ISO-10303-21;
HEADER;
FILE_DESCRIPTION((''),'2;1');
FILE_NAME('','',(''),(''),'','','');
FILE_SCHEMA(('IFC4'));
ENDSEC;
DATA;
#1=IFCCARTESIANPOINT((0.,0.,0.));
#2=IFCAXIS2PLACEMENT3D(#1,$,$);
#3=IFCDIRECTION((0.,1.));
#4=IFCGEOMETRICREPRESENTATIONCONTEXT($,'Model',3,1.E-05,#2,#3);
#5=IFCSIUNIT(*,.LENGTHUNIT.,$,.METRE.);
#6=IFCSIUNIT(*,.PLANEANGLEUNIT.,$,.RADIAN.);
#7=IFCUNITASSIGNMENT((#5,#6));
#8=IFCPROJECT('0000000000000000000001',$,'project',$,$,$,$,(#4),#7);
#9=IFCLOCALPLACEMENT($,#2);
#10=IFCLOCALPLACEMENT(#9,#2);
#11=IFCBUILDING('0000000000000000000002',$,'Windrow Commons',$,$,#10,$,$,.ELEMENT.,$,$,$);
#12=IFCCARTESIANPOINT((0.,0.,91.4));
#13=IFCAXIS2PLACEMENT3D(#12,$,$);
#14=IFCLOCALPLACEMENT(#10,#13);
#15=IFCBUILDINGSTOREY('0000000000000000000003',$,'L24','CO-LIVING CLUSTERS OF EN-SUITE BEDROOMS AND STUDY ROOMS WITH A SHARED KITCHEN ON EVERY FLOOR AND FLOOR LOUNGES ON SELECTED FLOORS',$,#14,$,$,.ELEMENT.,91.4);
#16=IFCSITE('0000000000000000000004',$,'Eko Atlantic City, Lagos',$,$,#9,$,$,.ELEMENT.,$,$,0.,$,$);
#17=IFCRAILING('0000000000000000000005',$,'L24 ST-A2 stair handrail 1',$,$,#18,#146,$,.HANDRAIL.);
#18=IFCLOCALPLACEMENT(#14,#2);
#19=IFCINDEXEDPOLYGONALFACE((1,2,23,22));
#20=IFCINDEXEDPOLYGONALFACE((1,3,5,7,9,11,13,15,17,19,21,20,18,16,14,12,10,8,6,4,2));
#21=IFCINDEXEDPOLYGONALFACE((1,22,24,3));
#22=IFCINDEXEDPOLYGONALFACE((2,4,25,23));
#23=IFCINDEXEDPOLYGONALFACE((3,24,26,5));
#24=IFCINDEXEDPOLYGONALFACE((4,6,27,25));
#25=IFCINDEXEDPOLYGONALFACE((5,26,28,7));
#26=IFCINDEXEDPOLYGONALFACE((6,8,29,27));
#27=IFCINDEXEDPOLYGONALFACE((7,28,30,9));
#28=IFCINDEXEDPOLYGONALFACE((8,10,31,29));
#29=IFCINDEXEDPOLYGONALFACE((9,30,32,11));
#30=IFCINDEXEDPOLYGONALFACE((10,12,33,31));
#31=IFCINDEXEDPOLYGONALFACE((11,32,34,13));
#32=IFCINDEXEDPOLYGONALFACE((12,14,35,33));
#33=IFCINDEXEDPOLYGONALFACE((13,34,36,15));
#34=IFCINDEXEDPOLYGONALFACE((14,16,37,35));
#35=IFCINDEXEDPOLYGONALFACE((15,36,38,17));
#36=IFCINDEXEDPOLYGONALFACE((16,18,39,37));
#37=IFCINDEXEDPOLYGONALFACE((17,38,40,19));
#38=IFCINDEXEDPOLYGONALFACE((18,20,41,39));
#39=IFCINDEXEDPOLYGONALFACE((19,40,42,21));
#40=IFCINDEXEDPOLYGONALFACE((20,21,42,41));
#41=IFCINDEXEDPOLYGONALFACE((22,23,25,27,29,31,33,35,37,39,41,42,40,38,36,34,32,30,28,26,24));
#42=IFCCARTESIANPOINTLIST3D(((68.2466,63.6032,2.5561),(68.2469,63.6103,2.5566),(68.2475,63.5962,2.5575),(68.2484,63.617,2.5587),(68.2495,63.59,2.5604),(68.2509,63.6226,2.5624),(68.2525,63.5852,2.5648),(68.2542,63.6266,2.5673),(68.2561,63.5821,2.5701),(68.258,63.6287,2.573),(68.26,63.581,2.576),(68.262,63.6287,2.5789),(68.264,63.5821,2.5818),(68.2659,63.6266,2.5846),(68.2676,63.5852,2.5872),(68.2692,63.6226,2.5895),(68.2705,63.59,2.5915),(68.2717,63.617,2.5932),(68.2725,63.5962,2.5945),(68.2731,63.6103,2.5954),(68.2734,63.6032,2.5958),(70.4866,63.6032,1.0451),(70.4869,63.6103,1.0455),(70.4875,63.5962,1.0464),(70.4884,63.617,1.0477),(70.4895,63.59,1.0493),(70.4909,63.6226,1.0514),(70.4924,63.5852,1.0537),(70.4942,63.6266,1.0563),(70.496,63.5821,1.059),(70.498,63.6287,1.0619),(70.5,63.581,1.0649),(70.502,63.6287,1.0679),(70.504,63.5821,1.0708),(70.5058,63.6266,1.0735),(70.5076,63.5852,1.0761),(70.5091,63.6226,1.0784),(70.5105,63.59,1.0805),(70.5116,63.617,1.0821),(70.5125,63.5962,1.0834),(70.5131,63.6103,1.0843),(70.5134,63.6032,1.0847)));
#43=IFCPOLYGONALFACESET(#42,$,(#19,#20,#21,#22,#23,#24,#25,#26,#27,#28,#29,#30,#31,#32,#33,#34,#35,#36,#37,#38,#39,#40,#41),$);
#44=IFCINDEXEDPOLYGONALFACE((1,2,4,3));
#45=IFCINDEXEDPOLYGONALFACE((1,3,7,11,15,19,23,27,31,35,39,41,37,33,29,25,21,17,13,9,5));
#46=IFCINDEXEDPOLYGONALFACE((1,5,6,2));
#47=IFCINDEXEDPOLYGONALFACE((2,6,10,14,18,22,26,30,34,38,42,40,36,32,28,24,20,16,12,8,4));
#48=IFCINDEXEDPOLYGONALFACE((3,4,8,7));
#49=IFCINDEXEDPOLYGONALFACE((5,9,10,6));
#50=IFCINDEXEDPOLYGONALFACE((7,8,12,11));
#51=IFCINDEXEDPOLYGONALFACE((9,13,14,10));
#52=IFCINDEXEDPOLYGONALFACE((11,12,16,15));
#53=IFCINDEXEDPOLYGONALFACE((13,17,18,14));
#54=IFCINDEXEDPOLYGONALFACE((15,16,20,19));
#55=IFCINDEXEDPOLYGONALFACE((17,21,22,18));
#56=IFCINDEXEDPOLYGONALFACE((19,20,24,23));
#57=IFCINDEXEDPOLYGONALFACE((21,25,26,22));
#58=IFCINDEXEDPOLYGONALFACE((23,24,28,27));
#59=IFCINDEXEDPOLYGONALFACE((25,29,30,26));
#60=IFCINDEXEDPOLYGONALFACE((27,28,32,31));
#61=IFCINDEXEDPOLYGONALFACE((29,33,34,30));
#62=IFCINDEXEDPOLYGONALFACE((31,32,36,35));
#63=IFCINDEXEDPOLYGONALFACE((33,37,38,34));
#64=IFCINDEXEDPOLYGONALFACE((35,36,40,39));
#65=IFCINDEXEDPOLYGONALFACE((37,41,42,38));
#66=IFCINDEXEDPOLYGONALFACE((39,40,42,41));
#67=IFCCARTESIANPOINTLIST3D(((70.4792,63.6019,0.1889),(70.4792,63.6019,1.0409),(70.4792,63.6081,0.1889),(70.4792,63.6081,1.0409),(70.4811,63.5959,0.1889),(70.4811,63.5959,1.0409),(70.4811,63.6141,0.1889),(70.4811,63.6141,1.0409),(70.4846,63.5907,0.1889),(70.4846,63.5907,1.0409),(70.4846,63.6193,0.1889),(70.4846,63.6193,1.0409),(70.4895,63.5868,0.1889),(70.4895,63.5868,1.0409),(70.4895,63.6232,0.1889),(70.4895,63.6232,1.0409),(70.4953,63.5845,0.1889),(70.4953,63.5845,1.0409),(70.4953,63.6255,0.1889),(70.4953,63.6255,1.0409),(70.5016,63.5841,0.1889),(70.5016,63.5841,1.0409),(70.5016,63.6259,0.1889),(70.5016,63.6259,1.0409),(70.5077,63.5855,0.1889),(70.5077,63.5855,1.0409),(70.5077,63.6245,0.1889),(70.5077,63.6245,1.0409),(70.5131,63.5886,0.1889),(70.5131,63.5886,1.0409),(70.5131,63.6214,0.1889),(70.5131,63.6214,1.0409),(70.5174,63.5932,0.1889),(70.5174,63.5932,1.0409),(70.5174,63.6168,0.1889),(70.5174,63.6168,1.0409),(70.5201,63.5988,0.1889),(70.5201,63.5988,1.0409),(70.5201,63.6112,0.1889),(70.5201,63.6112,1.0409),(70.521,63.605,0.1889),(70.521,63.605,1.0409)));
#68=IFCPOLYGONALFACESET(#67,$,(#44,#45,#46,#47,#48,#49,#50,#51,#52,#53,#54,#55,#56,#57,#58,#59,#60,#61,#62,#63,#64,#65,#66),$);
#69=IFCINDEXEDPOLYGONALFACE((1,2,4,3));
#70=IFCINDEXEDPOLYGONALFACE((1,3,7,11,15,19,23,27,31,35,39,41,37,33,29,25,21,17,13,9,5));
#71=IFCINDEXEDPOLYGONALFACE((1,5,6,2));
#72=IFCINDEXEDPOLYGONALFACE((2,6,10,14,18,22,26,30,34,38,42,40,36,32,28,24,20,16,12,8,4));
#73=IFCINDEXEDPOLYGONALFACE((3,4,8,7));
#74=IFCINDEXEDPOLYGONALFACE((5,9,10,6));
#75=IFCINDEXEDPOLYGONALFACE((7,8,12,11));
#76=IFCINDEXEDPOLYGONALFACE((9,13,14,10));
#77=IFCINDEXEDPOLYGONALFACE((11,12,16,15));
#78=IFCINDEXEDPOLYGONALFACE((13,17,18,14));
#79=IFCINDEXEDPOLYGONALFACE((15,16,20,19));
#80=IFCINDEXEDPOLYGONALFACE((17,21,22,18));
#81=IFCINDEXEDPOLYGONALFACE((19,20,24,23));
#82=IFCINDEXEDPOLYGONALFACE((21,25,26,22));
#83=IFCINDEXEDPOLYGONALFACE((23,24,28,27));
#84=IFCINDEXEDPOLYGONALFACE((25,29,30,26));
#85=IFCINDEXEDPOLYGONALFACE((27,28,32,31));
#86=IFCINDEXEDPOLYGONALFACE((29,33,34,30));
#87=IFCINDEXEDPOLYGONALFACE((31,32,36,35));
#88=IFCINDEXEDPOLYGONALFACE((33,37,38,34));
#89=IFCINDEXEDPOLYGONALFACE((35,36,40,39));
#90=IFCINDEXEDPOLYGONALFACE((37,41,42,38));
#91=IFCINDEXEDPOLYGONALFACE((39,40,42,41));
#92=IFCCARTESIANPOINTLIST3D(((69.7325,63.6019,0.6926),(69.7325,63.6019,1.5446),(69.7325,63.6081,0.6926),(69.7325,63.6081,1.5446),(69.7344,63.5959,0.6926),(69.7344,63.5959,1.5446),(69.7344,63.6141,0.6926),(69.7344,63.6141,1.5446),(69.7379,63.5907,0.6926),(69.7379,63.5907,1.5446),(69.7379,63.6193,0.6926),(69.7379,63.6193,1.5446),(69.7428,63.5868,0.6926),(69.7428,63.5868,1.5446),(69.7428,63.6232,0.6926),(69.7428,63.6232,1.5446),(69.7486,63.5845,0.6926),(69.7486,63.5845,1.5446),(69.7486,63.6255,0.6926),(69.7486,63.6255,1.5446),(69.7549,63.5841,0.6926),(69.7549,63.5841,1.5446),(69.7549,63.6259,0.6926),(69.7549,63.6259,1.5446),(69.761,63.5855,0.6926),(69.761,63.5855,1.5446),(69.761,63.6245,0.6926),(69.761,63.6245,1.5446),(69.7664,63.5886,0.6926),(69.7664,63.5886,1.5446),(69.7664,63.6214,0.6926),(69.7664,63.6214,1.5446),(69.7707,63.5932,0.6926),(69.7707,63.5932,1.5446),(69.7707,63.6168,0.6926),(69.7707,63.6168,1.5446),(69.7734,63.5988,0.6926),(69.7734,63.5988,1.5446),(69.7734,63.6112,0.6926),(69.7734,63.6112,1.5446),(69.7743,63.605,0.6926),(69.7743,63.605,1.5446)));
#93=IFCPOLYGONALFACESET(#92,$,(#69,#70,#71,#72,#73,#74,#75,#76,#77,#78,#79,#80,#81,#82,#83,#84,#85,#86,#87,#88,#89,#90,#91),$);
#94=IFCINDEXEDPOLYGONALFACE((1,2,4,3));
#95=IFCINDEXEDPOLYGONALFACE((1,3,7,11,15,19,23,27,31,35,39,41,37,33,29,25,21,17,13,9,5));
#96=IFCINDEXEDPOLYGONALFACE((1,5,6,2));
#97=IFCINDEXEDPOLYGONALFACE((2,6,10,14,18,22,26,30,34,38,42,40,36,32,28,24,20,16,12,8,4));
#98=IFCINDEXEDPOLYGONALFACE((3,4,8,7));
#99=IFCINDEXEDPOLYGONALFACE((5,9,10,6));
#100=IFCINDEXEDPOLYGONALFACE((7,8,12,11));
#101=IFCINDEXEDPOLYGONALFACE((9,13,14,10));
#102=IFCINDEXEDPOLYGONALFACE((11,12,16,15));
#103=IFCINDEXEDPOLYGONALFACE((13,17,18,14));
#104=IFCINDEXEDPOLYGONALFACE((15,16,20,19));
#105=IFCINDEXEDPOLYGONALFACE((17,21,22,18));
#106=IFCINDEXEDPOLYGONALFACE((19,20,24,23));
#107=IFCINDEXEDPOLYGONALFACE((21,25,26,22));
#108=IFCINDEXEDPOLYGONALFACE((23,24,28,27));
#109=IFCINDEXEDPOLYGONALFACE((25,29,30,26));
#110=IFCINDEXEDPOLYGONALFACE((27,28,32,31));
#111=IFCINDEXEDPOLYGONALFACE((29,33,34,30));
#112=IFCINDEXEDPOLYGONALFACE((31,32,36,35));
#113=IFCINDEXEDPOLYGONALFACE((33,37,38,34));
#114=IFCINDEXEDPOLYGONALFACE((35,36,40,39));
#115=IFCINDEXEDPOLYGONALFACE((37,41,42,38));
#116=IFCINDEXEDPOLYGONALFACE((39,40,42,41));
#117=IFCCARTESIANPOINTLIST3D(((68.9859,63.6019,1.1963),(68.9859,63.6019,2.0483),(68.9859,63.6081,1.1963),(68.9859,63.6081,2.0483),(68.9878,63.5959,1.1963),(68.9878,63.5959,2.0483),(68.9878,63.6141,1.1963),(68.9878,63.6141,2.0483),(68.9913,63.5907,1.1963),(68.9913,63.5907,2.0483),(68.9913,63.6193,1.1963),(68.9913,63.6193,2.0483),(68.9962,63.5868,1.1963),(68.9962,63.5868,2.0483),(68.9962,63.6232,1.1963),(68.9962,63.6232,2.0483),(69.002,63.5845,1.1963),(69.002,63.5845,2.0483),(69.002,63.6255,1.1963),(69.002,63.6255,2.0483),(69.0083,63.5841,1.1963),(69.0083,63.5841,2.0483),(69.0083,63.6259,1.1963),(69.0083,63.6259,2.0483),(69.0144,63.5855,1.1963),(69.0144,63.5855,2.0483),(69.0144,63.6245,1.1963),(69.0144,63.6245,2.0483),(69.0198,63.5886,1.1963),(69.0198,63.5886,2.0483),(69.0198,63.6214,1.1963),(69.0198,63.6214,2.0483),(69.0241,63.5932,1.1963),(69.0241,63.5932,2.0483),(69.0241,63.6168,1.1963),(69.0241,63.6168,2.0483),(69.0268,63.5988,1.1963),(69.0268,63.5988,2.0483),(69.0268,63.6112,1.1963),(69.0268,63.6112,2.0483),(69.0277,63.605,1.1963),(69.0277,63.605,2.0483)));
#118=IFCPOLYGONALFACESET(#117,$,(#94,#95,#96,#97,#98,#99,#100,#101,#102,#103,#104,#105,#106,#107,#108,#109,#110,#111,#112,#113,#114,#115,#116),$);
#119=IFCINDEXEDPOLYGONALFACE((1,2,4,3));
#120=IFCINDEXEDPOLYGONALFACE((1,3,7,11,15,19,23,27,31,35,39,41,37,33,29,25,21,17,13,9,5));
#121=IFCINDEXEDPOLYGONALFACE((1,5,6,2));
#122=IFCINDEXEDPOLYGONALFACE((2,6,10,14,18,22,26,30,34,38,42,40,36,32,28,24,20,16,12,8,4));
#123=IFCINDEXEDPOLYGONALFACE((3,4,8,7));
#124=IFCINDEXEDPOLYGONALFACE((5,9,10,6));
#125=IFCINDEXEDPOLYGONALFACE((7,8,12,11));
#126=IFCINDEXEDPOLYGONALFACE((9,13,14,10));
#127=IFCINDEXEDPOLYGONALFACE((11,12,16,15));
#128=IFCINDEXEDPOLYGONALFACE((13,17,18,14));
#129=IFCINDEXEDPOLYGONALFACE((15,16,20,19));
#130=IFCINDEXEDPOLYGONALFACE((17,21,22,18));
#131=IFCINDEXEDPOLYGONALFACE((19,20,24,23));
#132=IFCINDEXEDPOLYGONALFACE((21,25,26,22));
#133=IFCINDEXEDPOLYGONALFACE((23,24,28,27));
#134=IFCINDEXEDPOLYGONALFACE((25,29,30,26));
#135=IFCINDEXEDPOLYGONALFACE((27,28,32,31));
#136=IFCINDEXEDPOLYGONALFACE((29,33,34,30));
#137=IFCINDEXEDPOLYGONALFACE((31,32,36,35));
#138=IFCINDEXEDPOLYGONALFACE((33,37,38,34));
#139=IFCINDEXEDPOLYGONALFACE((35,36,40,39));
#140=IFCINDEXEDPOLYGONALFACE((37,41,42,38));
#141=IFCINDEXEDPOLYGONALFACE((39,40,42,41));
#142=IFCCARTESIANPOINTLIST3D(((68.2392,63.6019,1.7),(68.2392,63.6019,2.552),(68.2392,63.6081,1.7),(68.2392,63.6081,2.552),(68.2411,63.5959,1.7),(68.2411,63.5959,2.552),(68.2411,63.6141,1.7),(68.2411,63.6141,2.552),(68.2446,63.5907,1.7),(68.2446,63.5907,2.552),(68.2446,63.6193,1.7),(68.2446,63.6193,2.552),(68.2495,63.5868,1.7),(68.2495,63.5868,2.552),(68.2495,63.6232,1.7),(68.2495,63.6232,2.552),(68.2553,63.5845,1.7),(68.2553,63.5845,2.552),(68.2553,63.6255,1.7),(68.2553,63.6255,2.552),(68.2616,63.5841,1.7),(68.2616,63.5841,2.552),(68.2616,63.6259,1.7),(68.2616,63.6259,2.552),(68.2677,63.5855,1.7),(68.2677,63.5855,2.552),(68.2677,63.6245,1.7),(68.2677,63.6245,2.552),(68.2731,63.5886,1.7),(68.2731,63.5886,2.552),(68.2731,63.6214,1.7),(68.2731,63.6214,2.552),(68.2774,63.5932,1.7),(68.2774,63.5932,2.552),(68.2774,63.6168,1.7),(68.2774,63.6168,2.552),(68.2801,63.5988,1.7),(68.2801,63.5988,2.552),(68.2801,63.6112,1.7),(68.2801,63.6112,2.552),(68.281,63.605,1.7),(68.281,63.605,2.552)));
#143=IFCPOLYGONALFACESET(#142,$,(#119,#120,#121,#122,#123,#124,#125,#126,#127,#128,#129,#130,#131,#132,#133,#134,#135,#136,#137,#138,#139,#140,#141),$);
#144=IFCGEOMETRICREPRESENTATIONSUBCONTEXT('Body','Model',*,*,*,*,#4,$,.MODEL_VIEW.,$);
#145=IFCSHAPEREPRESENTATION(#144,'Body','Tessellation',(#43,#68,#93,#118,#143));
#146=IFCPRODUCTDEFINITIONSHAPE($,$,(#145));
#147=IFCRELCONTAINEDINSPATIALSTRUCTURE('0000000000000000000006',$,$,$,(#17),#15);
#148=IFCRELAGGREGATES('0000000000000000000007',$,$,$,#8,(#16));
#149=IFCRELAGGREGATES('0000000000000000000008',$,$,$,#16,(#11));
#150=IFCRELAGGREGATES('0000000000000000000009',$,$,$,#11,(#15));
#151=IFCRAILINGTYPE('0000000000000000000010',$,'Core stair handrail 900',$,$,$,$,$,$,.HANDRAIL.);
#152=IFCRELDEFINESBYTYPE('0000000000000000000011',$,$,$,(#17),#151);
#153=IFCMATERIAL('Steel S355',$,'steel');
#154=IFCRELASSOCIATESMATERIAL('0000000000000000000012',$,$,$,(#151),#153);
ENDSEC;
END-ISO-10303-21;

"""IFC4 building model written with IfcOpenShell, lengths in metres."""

from ifc_helpers import new_model, si_unit, direction, frame, origin, origin_2d, place, context, subcontext, project, spatial, circle, extrude, material, type_object, element, save


model = new_model("IFC4")

# Units and contexts
model_context = context("Model", 3, precision=1e-05, world=origin(), true_north=direction((0.0, 1.0)))
body_context = subcontext(model_context, "Body", "Model", "MODEL_VIEW")
ifc_project = project(units=[si_unit("LENGTHUNIT", "METRE"), si_unit("PLANEANGLEUNIT", "RADIAN")], contexts=[model_context])

# Site, building, storey
site_placement = place(None, origin())
site = spatial("IfcSite", under=ifc_project, at=site_placement, Name="Eko Atlantic City, Lagos", CompositionType="ELEMENT", RefElevation=0.0)
building_placement = place(site_placement, origin())
building = spatial("IfcBuilding", under=site, at=building_placement, Name="Windrow Commons", CompositionType="ELEMENT")
storey_placement = place(building_placement, frame((0.0, 0.0, 91.4)))
storey = spatial("IfcBuildingStorey", under=building, at=storey_placement, Name="L24", Description="CO-LIVING CLUSTERS OF EN-SUITE BEDROOMS AND STUDY ROOMS WITH A SHARED KITCHEN ON EVERY FLOOR AND FLOOR LOUNGES ON SELECTED FLOORS", CompositionType="ELEMENT", Elevation=91.4)

# Railing
ifc_material_1 = material(Name="Steel S355", Category="steel")
railing_type_1 = type_object("IfcRailingType", Name="Core stair handrail 900", PredefinedType="HANDRAIL", material=ifc_material_1)
railing_1_placement = place(storey_placement, frame((70.5, 63.605, 0.1889)))
element("IfcRailing", 1, at=railing_1_placement, inside=storey, type_object=railing_type_1, Name="L24 ST-A2 stair handrail 1", PredefinedType="HANDRAIL", context=body_context, shape_type="SweptSolid", body=[
    extrude(circle(Radius=0.024, at=origin_2d()), frame((0.0, 0.0, 0.876), z_axis=(-0.829003, 0.0, 0.559244), x_axis=(0.0, -1.0, 0.0)), (0.0, 0.0, 1.0), 2.702),
    extrude(circle(Radius=0.021, at=origin_2d()), origin(), (0.0, 0.0, 1.0), 0.852),
    extrude(circle(Radius=0.021, at=origin_2d()), frame((-0.7467, 0.0, 0.5037)), (0.0, 0.0, 1.0), 0.852),
    extrude(circle(Radius=0.021, at=origin_2d()), frame((-1.4933, 0.0, 1.0074)), (0.0, 0.0, 1.0), 0.852),
    extrude(circle(Radius=0.021, at=origin_2d()), frame((-2.24, 0.0, 1.5111)), (0.0, 0.0, 1.0), 0.852),
])

save(model, "model.ifc")
